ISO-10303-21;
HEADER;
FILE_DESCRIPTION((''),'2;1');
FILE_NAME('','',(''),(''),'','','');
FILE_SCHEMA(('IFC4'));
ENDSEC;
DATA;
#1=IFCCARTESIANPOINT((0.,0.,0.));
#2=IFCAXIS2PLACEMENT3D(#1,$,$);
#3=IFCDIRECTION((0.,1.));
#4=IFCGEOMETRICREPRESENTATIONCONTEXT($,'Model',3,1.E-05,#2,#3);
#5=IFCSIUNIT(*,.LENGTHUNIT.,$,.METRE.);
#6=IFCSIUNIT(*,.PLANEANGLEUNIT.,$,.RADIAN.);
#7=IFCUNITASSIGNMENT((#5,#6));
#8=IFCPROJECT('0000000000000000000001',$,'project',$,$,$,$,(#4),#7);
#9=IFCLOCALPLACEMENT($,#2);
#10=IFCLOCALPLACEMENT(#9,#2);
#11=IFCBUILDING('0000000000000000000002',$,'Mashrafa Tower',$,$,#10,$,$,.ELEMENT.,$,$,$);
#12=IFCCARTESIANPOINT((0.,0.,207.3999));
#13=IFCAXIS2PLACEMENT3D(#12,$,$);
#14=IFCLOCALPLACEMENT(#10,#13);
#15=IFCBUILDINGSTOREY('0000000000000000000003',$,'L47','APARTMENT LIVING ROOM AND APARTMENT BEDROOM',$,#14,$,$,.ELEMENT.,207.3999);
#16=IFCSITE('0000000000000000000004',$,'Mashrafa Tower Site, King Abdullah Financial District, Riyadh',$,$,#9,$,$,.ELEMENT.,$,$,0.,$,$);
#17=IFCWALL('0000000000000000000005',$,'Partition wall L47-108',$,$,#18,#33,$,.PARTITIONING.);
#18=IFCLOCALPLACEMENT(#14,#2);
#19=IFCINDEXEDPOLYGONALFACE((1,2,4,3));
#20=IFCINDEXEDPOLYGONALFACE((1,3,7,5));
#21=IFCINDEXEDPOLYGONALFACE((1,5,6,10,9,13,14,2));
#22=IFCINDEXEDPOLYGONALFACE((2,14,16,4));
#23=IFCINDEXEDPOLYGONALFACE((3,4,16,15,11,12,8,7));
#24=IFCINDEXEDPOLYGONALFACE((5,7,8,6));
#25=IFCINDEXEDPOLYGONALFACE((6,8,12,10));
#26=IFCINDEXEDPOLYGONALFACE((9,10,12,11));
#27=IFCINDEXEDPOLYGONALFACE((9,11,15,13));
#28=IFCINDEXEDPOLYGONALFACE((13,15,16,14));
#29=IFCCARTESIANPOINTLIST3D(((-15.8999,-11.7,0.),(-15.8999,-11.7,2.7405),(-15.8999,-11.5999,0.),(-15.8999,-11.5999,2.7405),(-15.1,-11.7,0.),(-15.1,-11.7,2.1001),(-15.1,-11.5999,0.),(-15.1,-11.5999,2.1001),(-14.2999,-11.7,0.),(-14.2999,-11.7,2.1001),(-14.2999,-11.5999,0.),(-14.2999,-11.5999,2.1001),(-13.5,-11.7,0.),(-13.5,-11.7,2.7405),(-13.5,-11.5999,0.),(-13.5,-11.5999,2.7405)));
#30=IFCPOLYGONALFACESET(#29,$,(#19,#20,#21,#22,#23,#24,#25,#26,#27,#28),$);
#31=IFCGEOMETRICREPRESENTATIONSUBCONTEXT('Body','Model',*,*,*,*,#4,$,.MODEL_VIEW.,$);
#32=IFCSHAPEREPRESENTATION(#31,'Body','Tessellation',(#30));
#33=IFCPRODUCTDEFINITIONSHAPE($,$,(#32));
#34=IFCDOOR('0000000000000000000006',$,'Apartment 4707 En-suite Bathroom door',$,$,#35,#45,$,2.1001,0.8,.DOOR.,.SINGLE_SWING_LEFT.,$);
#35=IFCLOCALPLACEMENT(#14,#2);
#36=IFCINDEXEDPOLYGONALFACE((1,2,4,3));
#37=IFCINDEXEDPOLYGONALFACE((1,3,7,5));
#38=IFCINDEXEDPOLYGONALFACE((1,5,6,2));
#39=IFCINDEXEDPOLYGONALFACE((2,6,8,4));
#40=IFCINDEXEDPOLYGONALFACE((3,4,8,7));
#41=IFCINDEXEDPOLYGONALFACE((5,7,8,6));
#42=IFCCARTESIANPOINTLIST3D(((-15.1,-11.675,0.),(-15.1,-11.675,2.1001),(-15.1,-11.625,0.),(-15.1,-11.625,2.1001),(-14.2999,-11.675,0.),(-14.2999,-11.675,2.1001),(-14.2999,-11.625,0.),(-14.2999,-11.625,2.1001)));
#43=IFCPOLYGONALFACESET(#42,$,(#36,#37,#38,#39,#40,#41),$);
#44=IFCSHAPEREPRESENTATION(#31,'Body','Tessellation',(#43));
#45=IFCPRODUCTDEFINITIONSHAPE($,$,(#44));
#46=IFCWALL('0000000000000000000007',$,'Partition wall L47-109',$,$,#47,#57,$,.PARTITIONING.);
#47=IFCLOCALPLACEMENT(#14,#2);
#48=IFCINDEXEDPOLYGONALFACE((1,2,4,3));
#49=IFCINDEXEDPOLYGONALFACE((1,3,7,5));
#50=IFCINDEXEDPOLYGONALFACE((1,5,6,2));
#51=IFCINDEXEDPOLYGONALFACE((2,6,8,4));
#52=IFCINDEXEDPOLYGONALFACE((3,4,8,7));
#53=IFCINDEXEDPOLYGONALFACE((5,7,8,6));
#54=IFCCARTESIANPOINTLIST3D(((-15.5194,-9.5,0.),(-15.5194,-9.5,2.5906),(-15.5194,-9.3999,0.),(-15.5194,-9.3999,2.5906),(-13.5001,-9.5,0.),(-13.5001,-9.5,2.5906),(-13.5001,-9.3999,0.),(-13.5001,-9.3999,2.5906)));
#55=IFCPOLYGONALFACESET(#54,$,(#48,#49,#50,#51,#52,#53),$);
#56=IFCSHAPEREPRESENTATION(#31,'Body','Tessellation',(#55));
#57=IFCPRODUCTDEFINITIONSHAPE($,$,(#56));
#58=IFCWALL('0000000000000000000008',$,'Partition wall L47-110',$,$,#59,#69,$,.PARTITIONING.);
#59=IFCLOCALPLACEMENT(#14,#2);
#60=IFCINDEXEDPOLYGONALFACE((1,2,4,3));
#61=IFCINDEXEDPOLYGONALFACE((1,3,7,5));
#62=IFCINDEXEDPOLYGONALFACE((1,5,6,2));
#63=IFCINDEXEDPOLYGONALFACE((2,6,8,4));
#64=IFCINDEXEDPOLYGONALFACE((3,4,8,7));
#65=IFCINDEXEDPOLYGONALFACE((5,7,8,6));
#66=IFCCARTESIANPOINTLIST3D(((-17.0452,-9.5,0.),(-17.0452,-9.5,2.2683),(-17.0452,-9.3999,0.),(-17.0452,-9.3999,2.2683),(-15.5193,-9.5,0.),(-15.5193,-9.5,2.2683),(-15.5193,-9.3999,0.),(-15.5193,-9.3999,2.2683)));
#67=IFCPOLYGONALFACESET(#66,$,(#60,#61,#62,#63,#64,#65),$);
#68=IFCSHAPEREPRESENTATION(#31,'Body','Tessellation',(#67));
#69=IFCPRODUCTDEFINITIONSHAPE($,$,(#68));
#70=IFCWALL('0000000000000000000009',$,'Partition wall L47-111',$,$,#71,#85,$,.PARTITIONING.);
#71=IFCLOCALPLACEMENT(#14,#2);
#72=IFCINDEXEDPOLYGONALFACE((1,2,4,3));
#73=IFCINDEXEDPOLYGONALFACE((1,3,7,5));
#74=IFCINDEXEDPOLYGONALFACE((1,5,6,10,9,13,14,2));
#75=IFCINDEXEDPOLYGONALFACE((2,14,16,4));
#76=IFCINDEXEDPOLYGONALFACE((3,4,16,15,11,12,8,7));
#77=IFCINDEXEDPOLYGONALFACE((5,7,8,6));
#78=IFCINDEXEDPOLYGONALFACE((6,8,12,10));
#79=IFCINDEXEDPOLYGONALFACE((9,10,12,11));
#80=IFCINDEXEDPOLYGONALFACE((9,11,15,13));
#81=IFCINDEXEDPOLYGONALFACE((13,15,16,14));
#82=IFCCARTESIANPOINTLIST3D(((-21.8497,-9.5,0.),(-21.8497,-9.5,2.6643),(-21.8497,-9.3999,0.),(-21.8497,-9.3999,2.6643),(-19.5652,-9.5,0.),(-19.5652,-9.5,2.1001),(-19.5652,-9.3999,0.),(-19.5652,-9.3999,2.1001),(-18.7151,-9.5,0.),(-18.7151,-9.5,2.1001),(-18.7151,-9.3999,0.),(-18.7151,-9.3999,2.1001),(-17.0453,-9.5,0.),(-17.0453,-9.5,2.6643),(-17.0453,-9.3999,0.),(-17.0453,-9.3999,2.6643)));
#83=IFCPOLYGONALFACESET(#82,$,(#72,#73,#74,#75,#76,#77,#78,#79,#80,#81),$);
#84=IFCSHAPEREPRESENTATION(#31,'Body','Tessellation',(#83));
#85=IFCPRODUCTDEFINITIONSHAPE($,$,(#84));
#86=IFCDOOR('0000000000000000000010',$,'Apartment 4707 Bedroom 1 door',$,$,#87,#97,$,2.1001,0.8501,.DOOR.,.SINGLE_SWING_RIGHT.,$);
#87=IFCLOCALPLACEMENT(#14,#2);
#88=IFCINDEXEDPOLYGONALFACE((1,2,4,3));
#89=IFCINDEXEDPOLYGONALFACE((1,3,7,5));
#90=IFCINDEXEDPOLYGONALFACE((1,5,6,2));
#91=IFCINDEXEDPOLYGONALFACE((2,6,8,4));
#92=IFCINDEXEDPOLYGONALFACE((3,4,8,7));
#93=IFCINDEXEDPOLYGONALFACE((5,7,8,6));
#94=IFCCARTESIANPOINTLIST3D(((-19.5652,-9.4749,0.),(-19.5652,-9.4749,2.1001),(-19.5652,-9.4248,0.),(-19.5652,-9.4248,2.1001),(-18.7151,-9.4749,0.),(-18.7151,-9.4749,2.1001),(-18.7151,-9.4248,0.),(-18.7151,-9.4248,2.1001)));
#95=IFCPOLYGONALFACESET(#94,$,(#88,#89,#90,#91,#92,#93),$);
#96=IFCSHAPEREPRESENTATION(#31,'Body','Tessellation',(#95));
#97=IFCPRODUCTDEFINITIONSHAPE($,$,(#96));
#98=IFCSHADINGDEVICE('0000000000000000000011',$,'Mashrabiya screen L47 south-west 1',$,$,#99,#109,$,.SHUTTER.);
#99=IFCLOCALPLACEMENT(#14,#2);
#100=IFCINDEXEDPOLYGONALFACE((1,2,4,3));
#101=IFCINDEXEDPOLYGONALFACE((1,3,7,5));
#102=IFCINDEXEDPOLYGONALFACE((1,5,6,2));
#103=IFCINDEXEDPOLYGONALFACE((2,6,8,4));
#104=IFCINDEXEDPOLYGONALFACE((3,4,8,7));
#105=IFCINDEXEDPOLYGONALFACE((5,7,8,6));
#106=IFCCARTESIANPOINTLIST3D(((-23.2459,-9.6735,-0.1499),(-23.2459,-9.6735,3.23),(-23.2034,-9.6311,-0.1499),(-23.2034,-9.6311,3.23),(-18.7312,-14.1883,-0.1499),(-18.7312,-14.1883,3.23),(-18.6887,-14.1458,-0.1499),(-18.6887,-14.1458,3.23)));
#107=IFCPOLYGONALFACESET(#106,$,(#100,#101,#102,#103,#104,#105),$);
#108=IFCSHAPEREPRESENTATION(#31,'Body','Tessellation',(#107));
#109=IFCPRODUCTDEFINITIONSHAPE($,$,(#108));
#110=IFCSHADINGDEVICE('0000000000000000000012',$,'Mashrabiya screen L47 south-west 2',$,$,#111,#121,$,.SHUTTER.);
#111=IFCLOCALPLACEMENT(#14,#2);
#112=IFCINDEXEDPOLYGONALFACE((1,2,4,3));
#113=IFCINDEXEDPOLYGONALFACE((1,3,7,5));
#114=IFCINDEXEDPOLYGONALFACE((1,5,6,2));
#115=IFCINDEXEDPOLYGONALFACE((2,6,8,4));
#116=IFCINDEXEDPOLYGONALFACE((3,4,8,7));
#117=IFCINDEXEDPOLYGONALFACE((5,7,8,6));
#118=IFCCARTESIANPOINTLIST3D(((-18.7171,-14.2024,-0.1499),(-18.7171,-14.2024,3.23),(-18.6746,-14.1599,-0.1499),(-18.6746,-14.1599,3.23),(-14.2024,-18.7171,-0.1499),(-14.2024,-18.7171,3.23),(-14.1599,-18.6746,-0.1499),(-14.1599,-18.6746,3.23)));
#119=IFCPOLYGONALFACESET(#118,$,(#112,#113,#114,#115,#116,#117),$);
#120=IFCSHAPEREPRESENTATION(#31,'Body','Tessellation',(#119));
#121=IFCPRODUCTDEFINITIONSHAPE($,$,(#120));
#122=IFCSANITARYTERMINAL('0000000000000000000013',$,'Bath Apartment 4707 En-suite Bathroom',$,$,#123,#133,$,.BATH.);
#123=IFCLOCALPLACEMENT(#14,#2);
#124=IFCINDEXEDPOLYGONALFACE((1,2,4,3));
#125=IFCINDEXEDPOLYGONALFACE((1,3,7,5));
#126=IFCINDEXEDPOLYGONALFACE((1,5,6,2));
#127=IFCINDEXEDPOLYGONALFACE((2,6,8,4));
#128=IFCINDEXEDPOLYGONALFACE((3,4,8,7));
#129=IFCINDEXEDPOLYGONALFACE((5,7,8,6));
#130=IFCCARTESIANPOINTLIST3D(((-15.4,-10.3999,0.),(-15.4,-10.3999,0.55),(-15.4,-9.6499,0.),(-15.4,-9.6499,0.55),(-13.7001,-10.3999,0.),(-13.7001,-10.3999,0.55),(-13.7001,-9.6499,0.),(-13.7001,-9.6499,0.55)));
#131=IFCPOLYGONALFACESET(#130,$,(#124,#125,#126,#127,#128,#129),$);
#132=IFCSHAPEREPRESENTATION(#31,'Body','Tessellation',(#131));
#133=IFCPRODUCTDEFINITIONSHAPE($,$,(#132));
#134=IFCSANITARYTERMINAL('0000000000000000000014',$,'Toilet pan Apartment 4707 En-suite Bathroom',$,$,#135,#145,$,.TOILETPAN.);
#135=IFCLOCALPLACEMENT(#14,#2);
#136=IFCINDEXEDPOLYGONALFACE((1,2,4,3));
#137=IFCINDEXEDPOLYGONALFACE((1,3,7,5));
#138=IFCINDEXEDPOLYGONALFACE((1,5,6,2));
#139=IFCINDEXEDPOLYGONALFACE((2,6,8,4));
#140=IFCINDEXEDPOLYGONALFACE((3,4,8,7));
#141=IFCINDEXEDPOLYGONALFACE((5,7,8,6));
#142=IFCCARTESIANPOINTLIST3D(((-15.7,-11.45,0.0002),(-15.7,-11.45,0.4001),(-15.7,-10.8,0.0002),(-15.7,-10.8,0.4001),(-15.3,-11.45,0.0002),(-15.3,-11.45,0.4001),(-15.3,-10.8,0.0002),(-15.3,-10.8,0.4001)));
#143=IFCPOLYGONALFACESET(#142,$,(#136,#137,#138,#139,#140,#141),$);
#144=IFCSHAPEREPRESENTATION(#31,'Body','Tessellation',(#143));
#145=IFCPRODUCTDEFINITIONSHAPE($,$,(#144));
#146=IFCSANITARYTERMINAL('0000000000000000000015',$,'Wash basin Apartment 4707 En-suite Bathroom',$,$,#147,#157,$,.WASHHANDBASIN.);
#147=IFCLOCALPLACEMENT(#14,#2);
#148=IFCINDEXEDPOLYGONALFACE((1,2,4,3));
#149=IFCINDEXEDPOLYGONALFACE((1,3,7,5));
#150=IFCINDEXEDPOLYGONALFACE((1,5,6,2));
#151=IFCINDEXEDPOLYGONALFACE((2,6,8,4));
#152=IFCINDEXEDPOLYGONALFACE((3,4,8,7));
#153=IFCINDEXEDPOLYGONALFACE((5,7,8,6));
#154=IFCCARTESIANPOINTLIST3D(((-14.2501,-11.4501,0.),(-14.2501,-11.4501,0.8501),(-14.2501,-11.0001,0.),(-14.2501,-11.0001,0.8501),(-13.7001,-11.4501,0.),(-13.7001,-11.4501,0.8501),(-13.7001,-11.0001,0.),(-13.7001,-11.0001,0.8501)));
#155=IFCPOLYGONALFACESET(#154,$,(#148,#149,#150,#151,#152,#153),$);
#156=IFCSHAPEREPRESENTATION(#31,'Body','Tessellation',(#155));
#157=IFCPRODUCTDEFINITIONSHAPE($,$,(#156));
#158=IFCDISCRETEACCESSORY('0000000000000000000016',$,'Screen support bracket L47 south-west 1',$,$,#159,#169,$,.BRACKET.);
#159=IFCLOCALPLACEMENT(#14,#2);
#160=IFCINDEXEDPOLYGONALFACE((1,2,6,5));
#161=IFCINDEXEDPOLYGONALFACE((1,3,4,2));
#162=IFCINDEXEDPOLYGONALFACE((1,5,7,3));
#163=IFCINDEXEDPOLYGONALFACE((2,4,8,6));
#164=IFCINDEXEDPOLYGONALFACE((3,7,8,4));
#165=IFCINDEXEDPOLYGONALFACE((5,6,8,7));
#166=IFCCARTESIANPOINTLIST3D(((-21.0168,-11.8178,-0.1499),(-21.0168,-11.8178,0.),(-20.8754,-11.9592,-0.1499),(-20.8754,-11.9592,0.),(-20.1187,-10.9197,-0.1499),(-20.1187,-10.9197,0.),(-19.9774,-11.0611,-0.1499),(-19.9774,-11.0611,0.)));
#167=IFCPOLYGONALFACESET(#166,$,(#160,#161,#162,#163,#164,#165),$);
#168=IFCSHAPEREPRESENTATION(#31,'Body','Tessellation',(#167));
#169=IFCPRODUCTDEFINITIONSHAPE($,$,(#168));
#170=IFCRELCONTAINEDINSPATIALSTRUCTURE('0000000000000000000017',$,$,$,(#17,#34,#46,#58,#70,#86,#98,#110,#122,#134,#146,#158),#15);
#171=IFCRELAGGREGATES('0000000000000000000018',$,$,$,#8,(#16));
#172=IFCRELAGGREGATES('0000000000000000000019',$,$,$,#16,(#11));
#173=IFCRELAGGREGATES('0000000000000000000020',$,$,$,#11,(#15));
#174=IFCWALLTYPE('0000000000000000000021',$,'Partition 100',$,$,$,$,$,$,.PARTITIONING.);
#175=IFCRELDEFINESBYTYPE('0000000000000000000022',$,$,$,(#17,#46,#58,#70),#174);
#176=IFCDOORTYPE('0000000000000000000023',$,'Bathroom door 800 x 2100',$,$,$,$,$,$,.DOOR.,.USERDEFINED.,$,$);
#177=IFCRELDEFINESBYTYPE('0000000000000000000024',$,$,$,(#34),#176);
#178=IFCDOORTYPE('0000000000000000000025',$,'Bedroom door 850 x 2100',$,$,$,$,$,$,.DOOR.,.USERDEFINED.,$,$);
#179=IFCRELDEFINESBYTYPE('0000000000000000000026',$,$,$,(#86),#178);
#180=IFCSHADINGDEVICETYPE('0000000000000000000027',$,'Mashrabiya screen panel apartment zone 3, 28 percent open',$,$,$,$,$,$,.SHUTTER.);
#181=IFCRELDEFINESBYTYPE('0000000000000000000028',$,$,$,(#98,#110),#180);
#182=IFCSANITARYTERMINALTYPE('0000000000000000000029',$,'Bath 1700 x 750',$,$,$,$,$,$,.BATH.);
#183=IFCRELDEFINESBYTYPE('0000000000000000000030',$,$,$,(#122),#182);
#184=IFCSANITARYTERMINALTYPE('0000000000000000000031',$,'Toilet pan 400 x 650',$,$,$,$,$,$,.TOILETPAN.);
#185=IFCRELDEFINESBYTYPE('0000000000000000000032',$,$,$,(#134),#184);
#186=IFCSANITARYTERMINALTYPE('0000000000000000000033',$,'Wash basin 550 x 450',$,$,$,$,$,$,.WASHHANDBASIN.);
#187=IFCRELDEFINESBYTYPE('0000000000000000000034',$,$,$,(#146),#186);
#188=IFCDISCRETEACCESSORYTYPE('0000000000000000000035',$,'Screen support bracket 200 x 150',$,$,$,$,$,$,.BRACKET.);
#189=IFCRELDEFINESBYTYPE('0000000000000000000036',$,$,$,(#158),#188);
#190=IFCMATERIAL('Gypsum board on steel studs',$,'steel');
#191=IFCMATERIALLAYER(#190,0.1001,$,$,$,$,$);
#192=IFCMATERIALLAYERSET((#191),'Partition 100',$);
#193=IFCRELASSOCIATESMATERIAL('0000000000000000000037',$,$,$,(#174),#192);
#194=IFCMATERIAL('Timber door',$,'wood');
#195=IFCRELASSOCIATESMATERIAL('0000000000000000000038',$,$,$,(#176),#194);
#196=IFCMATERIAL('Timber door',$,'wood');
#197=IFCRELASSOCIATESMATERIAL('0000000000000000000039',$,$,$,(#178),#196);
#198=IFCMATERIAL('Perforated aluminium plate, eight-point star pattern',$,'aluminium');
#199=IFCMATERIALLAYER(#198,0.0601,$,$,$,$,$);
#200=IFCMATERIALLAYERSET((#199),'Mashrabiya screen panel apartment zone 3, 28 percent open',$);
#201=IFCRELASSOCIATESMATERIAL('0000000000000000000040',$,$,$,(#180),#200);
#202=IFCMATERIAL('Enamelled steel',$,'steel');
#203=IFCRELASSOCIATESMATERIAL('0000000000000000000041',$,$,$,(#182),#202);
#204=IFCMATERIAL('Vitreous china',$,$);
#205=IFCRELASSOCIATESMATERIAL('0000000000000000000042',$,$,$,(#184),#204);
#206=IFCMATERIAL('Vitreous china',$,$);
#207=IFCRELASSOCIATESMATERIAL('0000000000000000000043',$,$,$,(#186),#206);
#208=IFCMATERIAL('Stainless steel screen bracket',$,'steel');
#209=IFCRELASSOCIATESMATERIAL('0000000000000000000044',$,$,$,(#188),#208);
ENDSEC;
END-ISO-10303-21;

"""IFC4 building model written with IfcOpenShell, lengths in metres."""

from ifc_helpers import new_model, si_unit, direction, frame, frame_2d, origin, origin_2d, place, context, subcontext, project, spatial, rectangle, extrude, source, transform, mapped, material, layer, layer_set, type_object, type_shapes, element, fill, save


model = new_model("IFC4")

# Units and contexts
model_context = context("Model", 3, precision=1e-05, world=origin(), true_north=direction((0.0, 1.0)))
body_context = subcontext(model_context, "Body", "Model", "MODEL_VIEW")
ifc_project = project(units=[si_unit("LENGTHUNIT", "METRE"), si_unit("PLANEANGLEUNIT", "RADIAN")], contexts=[model_context])

# Site, building, storey
site_placement = place(None, origin())
site = spatial("IfcSite", under=ifc_project, at=site_placement, Name="Mashrafa Tower Site, King Abdullah Financial District, Riyadh", CompositionType="ELEMENT", RefElevation=0.0)
building_placement = place(site_placement, origin())
building = spatial("IfcBuilding", under=site, at=building_placement, Name="Mashrafa Tower", CompositionType="ELEMENT")
storey_placement = place(building_placement, frame((0.0, 0.0, 207.3999)))
storey = spatial("IfcBuildingStorey", under=building, at=storey_placement, Name="L47", Description="APARTMENT LIVING ROOM AND APARTMENT BEDROOM", CompositionType="ELEMENT", Elevation=207.3999)

# Shared definitions
ifc_material_1 = material(Name="Gypsum board on steel studs", Category="steel")
ifc_layer_1 = layer(ifc_material_1, 0.1001)
ifc_layer_set_1 = layer_set([ifc_layer_1], Name="Partition 100")
wall_type_1 = type_object("IfcWallType", Name="Partition 100", PredefinedType="PARTITIONING", material=ifc_layer_set_1)

# Wall, opening, door
wall_1_placement = place(storey_placement, frame((-15.8999, -11.6499, 0.0), z_axis=(0.0, 0.0, 1.0), x_axis=(1.0, 0.0, 0.0)))
wall_1 = element("IfcWall", 1, at=wall_1_placement, inside=storey, type_object=wall_type_1, Name="Partition wall L47-108", PredefinedType="PARTITIONING", context=body_context, shape_type="SweptSolid", body=[
    extrude(rectangle(XDim=2.3999, YDim=0.1001, at=frame_2d((1.2, 0.0))), origin(), (0.0, 0.0, 1.0), 2.7405),
])
opening_1_placement = place(wall_1_placement, frame((0.8, 0.0, 0.0)))
opening_1 = element("IfcOpeningElement", 2, at=opening_1_placement, cuts=wall_1, PredefinedType="OPENING", context=body_context, shape_type="SweptSolid", body=[
    extrude(rectangle(XDim=0.8, YDim=2.1001, at=frame_2d((0.3999, 1.05))), frame((0.0, 0.0601, 0.0), z_axis=(0.0, -1.0, 0.0), x_axis=(1.0, 0.0, 0.0)), (0.0, 0.0, 1.0), 0.1201),
])
ifc_material_2 = material(Name="Timber door", Category="wood")
door_type_1 = type_object("IfcDoorType", Name="Bathroom door 800 x 2100", OperationType="USERDEFINED", PredefinedType="DOOR", material=ifc_material_2)
door_1_placement = place(opening_1_placement, origin())
door_1 = element("IfcDoor", 3, at=door_1_placement, inside=storey, type_object=door_type_1, Name="Apartment 4707 En-suite Bathroom door", OperationType="SINGLE_SWING_LEFT", OverallHeight=2.1001, OverallWidth=0.8, PredefinedType="DOOR", context=body_context, shape_type="SweptSolid", body=[
    extrude(rectangle(XDim=0.8, YDim=2.1001, at=frame_2d((0.3999, 1.05))), frame((0.0, 0.0249, 0.0), z_axis=(0.0, -1.0, 0.0), x_axis=(1.0, 0.0, 0.0)), (0.0, 0.0, 1.0), 0.05),
])
fill(opening_1, door_1)

# Walls
wall_2_placement = place(storey_placement, frame((-13.5, -9.45, 0.0), z_axis=(0.0, 0.0, 1.0), x_axis=(-1.0, 0.0, 0.0)))
element("IfcWall", 4, at=wall_2_placement, inside=storey, type_object=wall_type_1, Name="Partition wall L47-109", PredefinedType="PARTITIONING", context=body_context, shape_type="SweptSolid", body=[
    extrude(rectangle(XDim=2.0193, YDim=0.1001, at=frame_2d((1.0098, 0.0))), origin(), (0.0, 0.0, 1.0), 2.5906),
])
wall_3_placement = place(storey_placement, frame((-15.5193, -9.45, 0.0), z_axis=(0.0, 0.0, 1.0), x_axis=(-1.0, 0.0, 0.0)))
element("IfcWall", 5, at=wall_3_placement, inside=storey, type_object=wall_type_1, Name="Partition wall L47-110", PredefinedType="PARTITIONING", context=body_context, shape_type="SweptSolid", body=[
    extrude(rectangle(XDim=1.5259, YDim=0.1001, at=frame_2d((0.7629, 0.0))), origin(), (0.0, 0.0, 1.0), 2.2683),
])

# Wall, opening, door
wall_4_placement = place(storey_placement, frame((-17.0452, -9.45, 0.0), z_axis=(0.0, 0.0, 1.0), x_axis=(-1.0, 0.0, 0.0)))
wall_4 = element("IfcWall", 6, at=wall_4_placement, inside=storey, type_object=wall_type_1, Name="Partition wall L47-111", PredefinedType="PARTITIONING", context=body_context, shape_type="SweptSolid", body=[
    extrude(rectangle(XDim=4.8044, YDim=0.1001, at=frame_2d((2.4023, 0.0))), origin(), (0.0, 0.0, 1.0), 2.6643),
])
opening_2_placement = place(wall_4_placement, frame((1.6699, 0.0, 0.0)))
opening_2 = element("IfcOpeningElement", 7, at=opening_2_placement, cuts=wall_4, PredefinedType="OPENING", context=body_context, shape_type="SweptSolid", body=[
    extrude(rectangle(XDim=0.8501, YDim=2.1001, at=frame_2d((0.425, 1.05))), frame((0.0, 0.0601, 0.0), z_axis=(0.0, -1.0, 0.0), x_axis=(1.0, 0.0, 0.0)), (0.0, 0.0, 1.0), 0.1201),
])
ifc_material_3 = material(Name="Timber door", Category="wood")
door_type_2 = type_object("IfcDoorType", Name="Bedroom door 850 x 2100", OperationType="USERDEFINED", PredefinedType="DOOR", material=ifc_material_3)
door_2_placement = place(opening_2_placement, origin())
door_2 = element("IfcDoor", 8, at=door_2_placement, inside=storey, type_object=door_type_2, Name="Apartment 4707 Bedroom 1 door", OperationType="SINGLE_SWING_RIGHT", OverallHeight=2.1001, OverallWidth=0.8501, PredefinedType="DOOR", context=body_context, shape_type="SweptSolid", body=[
    extrude(rectangle(XDim=0.8501, YDim=2.1001, at=frame_2d((0.425, 1.05))), frame((0.0, 0.0249, 0.0), z_axis=(0.0, -1.0, 0.0), x_axis=(1.0, 0.0, 0.0)), (0.0, 0.0, 1.0), 0.05),
])
fill(opening_2, door_2)

# Shading devices
ifc_material_4 = material(Name="Perforated aluminium plate, eight-point star pattern", Category="aluminium")
ifc_layer_2 = layer(ifc_material_4, 0.0601)
ifc_layer_set_2 = layer_set([ifc_layer_2], Name="Mashrabiya screen panel apartment zone 3, 28 percent open")
shading_device_type = type_object("IfcShadingDeviceType", Name="Mashrabiya screen panel apartment zone 3, 28 percent open", PredefinedType="SHUTTER", material=ifc_layer_set_2)
shared_shape_1 = source(origin(), body_context, "Body", "SweptSolid", [
    extrude(rectangle(XDim=6.3848, YDim=0.0601, at=origin_2d()), origin(), (0.0, 0.0, 1.0), 3.3799),
])
type_shapes(shading_device_type, [shared_shape_1])
for number, where, z_axis, x_axis, name in (
    (9, (-20.9673, -11.9097, -0.1499), (0.0, 0.0, 1.0), (0.707107, -0.707107, 0.0), "Mashrabiya screen L47 south-west 1"),
    (10, (-16.4385, -16.4385, -0.1499), (0.0, 0.0, 1.0), (0.707107, -0.707107, 0.0), "Mashrabiya screen L47 south-west 2"),
):
    element("IfcShadingDevice", number, at=place(storey_placement, frame(where, z_axis=z_axis, x_axis=x_axis)), inside=storey, type_object=shading_device_type, Name=name, PredefinedType="SHUTTER", context=body_context, shape_type="MappedRepresentation", body=[
        mapped(shared_shape_1, transform((0.0, 0.0, 0.0))),
    ])

# Sanitary terminals
ifc_material_5 = material(Name="Enamelled steel", Category="steel")
sanitary_terminal_type_1 = type_object("IfcSanitaryTerminalType", Name="Bath 1700 x 750", PredefinedType="BATH", material=ifc_material_5)
sanitary_terminal_1_placement = place(storey_placement, frame((-14.55, -10.0249, 0.0), z_axis=(0.0, 0.0, 1.0), x_axis=(-1.0, 0.0, 0.0)))
element("IfcSanitaryTerminal", 11, at=sanitary_terminal_1_placement, inside=storey, type_object=sanitary_terminal_type_1, Name="Bath Apartment 4707 En-suite Bathroom", PredefinedType="BATH", context=body_context, shape_type="SweptSolid", body=[
    extrude(rectangle(XDim=1.7, YDim=0.75, at=origin_2d()), origin(), (0.0, 0.0, 1.0), 0.55),
])
ifc_material_6 = material(Name="Vitreous china")
sanitary_terminal_type_2 = type_object("IfcSanitaryTerminalType", Name="Toilet pan 400 x 650", PredefinedType="TOILETPAN", material=ifc_material_6)
sanitary_terminal_2_placement = place(storey_placement, frame((-15.5, -11.125, 0.0002), z_axis=(0.0, 0.0, 1.0), x_axis=(1.0, 0.0, 0.0)))
element("IfcSanitaryTerminal", 12, at=sanitary_terminal_2_placement, inside=storey, type_object=sanitary_terminal_type_2, Name="Toilet pan Apartment 4707 En-suite Bathroom", PredefinedType="TOILETPAN", context=body_context, shape_type="SweptSolid", body=[
    extrude(rectangle(XDim=0.3999, YDim=0.6499, at=origin_2d()), origin(), (0.0, 0.0, 1.0), 0.3999),
])
ifc_material_7 = material(Name="Vitreous china")
sanitary_terminal_type_3 = type_object("IfcSanitaryTerminalType", Name="Wash basin 550 x 450", PredefinedType="WASHHANDBASIN", material=ifc_material_7)
sanitary_terminal_3_placement = place(storey_placement, frame((-13.9751, -11.2251, 0.0), z_axis=(0.0, 0.0, 1.0), x_axis=(1.0, 0.0, 0.0)))
element("IfcSanitaryTerminal", 13, at=sanitary_terminal_3_placement, inside=storey, type_object=sanitary_terminal_type_3, Name="Wash basin Apartment 4707 En-suite Bathroom", PredefinedType="WASHHANDBASIN", context=body_context, shape_type="SweptSolid", body=[
    extrude(rectangle(XDim=0.55, YDim=0.45, at=origin_2d()), origin(), (0.0, 0.0, 1.0), 0.8501),
])

# Discrete accessory
ifc_material_8 = material(Name="Stainless steel screen bracket", Category="steel")
discrete_accessory_type = type_object("IfcDiscreteAccessoryType", Name="Screen support bracket 200 x 150", PredefinedType="BRACKET", material=ifc_material_8)
shared_shape_2 = source(origin(), body_context, "Body", "SweptSolid", [
    extrude(rectangle(XDim=0.2, YDim=1.27, at=origin_2d()), origin(), (0.0, 0.0, 1.0), 0.1499),
])
type_shapes(discrete_accessory_type, [shared_shape_2])
for number, where, z_axis, x_axis, name in (
    (14, (-20.4971, -11.4395, -0.1499), (0.0, 0.0, 1.0), (0.707107, -0.707107, 0.0), "Screen support bracket L47 south-west 1"),
):
    element("IfcDiscreteAccessory", number, at=place(storey_placement, frame(where, z_axis=z_axis, x_axis=x_axis)), inside=storey, type_object=discrete_accessory_type, Name=name, PredefinedType="BRACKET", context=body_context, shape_type="MappedRepresentation", body=[
        mapped(shared_shape_2, transform((0.0, 0.0, 0.0))),
    ])

save(model, "model.ifc")
